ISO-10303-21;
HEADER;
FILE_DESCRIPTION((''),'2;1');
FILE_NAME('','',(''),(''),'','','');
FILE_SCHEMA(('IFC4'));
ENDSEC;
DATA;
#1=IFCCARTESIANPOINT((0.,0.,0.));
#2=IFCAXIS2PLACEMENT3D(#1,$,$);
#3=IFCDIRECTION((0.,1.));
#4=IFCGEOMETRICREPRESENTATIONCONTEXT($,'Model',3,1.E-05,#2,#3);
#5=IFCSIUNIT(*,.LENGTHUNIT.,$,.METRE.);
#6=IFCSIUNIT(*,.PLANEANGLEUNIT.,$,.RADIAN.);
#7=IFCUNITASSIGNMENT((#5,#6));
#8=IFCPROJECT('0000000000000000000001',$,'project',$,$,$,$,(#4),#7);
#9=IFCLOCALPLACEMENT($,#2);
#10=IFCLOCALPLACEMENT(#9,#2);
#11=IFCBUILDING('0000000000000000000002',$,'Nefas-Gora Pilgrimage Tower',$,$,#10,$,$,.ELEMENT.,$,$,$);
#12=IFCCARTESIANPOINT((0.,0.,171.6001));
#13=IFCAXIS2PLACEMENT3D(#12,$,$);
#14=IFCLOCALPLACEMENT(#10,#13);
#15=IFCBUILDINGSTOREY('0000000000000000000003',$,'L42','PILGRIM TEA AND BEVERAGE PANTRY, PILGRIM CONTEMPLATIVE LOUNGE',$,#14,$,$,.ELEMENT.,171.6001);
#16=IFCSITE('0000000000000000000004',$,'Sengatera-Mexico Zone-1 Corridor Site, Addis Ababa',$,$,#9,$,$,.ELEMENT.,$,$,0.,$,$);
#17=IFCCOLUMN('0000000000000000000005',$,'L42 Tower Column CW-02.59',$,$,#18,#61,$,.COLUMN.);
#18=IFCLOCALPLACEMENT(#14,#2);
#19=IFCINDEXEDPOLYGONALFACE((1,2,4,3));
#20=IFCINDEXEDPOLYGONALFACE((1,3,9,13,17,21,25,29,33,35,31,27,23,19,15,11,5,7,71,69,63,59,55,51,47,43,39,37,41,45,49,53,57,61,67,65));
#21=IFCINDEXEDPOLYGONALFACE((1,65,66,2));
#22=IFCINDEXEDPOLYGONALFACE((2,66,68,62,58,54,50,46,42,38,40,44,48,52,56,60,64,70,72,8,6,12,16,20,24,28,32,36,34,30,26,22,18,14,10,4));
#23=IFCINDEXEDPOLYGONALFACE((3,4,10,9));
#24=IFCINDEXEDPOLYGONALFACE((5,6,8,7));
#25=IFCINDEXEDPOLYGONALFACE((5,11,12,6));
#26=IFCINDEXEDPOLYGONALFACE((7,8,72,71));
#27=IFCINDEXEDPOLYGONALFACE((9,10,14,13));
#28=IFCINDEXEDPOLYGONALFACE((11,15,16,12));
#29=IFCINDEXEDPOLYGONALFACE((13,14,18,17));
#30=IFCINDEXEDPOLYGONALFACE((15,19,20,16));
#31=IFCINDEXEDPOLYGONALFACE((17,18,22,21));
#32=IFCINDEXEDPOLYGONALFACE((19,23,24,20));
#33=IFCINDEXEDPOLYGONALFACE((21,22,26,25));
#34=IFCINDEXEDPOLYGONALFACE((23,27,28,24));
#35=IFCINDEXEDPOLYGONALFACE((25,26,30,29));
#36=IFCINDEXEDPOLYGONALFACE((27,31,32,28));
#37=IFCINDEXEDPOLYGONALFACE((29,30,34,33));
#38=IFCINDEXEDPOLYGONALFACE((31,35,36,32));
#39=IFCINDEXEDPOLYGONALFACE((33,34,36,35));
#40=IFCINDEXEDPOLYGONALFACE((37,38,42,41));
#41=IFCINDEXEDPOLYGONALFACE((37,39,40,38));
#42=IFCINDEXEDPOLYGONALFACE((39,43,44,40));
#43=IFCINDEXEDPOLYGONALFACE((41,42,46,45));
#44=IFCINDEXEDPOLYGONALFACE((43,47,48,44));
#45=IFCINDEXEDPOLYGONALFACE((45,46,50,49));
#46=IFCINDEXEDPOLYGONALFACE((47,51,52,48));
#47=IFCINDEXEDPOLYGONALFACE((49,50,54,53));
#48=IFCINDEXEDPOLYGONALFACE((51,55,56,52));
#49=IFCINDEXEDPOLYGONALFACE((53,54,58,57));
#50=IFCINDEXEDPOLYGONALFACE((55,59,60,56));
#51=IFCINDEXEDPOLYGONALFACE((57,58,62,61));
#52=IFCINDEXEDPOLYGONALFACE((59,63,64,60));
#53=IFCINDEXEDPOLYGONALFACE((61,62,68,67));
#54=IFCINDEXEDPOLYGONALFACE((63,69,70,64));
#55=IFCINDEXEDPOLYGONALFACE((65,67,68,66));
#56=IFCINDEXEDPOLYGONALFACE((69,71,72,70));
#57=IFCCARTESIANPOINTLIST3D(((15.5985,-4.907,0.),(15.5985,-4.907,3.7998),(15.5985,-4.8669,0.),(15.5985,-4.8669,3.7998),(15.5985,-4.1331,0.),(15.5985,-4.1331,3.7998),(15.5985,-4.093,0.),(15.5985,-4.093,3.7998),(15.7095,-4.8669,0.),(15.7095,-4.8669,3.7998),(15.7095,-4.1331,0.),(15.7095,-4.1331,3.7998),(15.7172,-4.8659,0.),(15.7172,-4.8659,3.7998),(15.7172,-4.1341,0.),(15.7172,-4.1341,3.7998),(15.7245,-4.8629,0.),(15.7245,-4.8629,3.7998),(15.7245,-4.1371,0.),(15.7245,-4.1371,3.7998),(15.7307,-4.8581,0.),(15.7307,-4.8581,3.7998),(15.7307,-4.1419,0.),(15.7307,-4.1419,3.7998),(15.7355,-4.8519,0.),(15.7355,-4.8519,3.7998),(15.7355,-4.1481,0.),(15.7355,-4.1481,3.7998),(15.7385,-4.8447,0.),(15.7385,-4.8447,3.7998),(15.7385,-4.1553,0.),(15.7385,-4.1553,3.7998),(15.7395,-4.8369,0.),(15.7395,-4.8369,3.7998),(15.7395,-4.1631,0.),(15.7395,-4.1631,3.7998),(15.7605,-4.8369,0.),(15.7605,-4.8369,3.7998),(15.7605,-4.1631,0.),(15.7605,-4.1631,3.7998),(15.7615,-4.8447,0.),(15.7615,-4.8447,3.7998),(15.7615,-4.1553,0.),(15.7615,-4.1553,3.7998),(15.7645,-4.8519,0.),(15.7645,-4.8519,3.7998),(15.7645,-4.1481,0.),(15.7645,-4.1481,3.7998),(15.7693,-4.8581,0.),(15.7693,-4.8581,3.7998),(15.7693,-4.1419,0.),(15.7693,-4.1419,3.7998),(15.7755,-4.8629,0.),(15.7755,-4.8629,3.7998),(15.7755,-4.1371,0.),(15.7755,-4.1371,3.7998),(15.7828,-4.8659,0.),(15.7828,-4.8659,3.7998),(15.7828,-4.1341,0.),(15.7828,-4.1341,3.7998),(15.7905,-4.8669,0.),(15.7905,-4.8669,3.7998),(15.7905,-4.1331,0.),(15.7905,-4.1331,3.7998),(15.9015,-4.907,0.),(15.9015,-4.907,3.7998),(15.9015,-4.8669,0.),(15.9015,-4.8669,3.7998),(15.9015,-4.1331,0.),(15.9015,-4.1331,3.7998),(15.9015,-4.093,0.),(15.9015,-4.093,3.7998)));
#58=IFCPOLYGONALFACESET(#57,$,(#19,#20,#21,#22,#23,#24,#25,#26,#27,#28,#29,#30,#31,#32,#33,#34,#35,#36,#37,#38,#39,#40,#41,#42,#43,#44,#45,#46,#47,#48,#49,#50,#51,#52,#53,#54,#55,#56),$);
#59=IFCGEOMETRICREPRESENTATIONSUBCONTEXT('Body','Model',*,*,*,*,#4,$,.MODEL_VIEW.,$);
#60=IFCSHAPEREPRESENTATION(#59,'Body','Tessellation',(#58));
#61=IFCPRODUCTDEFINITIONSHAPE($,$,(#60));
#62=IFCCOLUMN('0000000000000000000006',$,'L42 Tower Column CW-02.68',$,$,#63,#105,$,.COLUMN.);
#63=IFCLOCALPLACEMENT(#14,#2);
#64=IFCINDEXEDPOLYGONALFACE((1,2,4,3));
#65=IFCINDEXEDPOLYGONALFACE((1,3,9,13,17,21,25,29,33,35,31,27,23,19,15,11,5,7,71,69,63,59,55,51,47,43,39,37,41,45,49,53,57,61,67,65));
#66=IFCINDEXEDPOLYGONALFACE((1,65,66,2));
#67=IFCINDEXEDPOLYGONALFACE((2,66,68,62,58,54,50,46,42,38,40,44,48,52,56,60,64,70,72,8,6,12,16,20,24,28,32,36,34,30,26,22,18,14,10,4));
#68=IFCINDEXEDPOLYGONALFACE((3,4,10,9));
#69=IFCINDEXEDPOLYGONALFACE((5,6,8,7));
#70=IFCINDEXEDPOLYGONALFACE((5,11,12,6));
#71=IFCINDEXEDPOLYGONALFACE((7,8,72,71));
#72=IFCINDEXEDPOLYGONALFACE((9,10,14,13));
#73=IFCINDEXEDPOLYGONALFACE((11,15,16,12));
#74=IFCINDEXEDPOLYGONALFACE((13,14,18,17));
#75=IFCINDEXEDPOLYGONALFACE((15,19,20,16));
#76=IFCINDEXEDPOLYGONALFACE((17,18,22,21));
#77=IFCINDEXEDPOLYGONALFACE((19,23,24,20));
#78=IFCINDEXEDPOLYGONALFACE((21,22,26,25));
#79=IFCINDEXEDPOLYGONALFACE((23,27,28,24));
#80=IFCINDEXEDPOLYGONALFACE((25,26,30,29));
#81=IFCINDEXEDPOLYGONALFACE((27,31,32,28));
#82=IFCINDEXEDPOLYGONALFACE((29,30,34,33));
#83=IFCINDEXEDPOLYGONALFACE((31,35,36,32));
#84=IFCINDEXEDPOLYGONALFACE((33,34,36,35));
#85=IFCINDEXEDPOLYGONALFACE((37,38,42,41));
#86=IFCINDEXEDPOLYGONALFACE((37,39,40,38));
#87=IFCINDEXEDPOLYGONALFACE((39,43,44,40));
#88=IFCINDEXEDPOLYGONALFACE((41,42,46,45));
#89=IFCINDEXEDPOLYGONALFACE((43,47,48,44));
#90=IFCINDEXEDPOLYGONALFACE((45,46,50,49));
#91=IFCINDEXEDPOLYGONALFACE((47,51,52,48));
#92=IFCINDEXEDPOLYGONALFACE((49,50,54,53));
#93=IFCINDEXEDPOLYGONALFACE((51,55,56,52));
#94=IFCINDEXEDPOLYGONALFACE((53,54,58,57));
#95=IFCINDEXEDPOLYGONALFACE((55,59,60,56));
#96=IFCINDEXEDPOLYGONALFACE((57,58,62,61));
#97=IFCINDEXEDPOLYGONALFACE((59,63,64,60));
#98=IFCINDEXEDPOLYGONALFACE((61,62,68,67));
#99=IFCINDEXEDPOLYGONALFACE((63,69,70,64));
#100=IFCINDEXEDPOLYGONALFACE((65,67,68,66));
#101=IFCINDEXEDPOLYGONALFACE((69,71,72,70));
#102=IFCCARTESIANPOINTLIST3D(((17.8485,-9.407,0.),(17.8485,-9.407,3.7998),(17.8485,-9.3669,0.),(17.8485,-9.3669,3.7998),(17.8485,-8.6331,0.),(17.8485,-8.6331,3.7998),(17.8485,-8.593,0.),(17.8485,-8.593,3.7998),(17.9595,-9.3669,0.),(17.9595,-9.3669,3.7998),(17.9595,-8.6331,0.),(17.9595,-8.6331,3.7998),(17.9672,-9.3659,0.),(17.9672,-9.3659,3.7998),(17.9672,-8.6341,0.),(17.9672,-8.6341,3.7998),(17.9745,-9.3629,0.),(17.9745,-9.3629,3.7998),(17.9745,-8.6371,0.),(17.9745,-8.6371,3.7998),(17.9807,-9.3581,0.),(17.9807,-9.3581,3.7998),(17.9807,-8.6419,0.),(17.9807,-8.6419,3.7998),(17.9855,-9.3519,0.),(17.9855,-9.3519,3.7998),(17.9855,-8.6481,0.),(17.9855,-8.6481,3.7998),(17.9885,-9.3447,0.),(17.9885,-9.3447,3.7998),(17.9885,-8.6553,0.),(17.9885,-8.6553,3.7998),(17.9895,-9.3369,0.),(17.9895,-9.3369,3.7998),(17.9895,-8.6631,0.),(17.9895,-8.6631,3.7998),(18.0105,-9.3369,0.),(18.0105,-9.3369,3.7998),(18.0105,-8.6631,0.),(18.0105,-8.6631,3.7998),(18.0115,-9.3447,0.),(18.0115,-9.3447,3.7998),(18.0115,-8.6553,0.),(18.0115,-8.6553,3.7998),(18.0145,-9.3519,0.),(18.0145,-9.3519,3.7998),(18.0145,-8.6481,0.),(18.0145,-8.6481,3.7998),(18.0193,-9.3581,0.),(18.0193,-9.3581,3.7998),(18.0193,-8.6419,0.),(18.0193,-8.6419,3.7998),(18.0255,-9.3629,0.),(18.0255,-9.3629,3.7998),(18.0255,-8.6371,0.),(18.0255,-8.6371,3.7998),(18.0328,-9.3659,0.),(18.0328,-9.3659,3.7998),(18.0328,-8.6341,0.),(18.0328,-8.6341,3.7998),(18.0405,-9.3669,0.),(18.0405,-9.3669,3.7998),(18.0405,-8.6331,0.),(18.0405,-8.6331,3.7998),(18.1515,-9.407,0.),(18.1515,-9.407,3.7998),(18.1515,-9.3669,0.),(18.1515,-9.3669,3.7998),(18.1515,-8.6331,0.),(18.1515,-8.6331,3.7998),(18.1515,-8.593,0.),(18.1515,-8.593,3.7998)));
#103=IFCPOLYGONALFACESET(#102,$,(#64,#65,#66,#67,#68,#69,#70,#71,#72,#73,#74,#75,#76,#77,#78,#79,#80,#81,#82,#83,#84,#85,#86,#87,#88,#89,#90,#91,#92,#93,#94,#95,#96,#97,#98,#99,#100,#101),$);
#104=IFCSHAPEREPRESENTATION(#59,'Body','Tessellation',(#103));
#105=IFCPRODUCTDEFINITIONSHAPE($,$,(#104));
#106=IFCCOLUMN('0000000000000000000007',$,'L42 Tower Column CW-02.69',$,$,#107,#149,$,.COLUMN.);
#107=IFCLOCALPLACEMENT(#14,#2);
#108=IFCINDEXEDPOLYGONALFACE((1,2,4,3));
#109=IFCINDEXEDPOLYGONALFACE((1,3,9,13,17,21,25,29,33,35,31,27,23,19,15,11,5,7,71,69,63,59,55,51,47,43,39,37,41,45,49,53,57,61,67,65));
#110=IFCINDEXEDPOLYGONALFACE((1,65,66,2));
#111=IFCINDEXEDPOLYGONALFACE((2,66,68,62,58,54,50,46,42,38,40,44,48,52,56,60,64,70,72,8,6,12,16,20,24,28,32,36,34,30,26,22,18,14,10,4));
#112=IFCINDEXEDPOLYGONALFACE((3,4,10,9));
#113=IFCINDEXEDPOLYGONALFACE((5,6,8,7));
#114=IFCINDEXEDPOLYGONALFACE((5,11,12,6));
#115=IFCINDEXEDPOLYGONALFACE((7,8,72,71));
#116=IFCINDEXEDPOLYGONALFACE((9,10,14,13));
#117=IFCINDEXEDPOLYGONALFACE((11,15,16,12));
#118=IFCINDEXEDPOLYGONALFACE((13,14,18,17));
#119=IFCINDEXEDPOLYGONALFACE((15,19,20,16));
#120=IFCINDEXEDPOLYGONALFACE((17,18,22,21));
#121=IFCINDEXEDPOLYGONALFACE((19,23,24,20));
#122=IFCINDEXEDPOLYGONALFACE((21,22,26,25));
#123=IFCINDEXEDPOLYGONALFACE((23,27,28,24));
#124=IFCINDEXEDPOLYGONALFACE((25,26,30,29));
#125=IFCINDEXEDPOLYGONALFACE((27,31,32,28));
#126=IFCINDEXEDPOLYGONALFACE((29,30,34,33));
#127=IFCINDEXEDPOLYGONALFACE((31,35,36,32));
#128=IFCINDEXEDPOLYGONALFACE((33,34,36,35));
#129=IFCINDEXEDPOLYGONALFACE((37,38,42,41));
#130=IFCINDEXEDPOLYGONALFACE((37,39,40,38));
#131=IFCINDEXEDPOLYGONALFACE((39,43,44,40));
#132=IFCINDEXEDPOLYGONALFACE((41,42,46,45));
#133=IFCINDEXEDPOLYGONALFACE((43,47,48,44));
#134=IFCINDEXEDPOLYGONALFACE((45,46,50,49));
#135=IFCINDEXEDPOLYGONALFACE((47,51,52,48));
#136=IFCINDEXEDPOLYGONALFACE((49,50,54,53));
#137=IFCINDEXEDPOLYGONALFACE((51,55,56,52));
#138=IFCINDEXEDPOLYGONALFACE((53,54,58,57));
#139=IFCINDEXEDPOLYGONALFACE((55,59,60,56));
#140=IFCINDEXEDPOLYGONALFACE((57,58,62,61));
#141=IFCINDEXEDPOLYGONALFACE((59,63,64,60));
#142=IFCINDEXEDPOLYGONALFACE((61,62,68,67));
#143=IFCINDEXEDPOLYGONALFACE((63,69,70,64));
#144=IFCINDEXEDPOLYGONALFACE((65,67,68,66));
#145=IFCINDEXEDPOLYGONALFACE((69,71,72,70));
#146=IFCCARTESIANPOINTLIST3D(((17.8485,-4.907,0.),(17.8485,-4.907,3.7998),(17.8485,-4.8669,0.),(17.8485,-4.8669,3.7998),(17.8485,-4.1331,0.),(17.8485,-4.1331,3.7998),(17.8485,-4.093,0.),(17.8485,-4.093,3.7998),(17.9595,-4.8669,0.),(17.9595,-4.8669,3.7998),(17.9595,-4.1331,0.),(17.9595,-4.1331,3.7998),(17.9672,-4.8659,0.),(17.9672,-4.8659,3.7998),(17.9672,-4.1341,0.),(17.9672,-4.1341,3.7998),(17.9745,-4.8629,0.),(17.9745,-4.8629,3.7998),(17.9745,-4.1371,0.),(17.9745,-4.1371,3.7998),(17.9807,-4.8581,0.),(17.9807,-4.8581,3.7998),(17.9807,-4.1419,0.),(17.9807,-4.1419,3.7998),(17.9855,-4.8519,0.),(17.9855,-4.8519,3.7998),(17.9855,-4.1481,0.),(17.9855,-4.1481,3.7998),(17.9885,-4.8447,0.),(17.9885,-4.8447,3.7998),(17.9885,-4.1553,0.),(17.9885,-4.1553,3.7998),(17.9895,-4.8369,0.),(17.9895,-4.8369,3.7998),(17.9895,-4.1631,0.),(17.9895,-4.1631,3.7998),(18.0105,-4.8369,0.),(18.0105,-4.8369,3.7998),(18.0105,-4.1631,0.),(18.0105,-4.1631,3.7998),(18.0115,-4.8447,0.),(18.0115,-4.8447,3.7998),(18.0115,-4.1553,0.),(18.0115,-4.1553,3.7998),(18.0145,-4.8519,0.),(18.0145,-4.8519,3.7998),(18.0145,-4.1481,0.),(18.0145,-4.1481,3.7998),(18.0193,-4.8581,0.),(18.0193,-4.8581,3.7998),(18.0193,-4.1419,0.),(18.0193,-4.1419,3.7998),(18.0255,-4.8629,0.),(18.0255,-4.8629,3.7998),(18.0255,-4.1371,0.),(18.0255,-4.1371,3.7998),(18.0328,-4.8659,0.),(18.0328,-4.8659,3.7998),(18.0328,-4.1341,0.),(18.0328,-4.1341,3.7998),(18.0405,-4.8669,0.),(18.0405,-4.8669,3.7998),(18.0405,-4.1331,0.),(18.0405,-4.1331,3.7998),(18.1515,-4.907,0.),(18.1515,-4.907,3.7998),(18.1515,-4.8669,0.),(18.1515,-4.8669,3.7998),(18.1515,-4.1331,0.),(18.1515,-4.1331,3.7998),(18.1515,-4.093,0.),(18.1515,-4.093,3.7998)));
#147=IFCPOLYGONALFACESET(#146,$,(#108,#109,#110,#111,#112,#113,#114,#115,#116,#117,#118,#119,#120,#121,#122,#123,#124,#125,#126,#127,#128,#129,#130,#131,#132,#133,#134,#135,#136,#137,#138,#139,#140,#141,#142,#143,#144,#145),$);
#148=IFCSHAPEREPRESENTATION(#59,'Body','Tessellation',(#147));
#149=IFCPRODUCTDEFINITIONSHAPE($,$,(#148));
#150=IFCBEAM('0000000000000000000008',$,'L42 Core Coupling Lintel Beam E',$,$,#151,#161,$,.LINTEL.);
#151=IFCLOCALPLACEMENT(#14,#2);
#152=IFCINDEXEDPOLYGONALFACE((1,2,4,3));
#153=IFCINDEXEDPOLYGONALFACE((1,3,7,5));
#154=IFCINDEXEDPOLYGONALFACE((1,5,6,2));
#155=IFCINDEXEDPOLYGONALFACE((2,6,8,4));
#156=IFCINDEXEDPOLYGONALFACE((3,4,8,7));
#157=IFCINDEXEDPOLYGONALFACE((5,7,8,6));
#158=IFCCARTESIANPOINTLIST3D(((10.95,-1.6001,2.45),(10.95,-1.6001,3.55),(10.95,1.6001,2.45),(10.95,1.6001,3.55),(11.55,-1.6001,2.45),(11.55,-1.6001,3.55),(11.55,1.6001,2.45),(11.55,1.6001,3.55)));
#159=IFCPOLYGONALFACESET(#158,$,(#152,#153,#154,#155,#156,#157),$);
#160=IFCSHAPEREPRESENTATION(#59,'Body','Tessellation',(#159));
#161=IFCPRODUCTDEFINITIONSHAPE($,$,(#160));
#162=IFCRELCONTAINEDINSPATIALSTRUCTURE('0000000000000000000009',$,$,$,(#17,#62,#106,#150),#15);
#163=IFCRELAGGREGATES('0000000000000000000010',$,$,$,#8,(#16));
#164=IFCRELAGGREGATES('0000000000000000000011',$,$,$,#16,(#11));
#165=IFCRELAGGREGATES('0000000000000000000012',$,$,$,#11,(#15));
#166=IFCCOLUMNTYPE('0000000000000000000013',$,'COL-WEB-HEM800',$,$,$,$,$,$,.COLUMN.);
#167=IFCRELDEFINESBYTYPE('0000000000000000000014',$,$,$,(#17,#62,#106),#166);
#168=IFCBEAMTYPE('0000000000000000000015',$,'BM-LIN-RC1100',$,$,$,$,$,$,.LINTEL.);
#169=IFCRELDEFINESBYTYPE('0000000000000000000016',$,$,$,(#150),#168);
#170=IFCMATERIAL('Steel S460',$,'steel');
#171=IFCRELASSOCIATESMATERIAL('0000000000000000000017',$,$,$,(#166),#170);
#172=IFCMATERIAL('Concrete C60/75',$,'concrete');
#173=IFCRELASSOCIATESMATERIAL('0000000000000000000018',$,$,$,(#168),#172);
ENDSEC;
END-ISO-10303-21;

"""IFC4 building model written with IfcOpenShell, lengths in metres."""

from ifc_helpers import new_model, si_unit, direction, frame, origin, origin_2d, place, context, subcontext, project, spatial, rectangle, i_section, extrude, source, transform, mapped, material, material_profile, profile_set, type_object, element, save


model = new_model("IFC4")

# Units and contexts
model_context = context("Model", 3, precision=1e-05, world=origin(), true_north=direction((0.0, 1.0)))
body_context = subcontext(model_context, "Body", "Model", "MODEL_VIEW")
ifc_project = project(units=[si_unit("LENGTHUNIT", "METRE"), si_unit("PLANEANGLEUNIT", "RADIAN")], contexts=[model_context])

# Site, building, storey
site_placement = place(None, origin())
site = spatial("IfcSite", under=ifc_project, at=site_placement, Name="Sengatera-Mexico Zone-1 Corridor Site, Addis Ababa", CompositionType="ELEMENT", RefElevation=0.0)
building_placement = place(site_placement, origin())
building = spatial("IfcBuilding", under=site, at=building_placement, Name="Nefas-Gora Pilgrimage Tower", CompositionType="ELEMENT")
storey_placement = place(building_placement, frame((0.0, 0.0, 171.6001)))
storey = spatial("IfcBuildingStorey", under=building, at=storey_placement, Name="L42", Description="PILGRIM TEA AND BEVERAGE PANTRY, PILGRIM CONTEMPLATIVE LOUNGE", CompositionType="ELEMENT", Elevation=171.6001)

# Columns
ifc_material_1 = material(Name="Steel S460", Category="steel")
ifc_material_profile_1 = material_profile(ifc_material_1, i_section(OverallWidth=0.303, OverallDepth=0.814, WebThickness=0.021, FlangeThickness=0.04, FilletRadius=0.03, at=origin_2d()), Name="HEM 800")
ifc_profile_set_1 = profile_set([ifc_material_profile_1], Name="Steel S460")
column_type_1 = type_object("IfcColumnType", Name="COL-WEB-HEM800", PredefinedType="COLUMN", material=ifc_profile_set_1)
shared_shape_1 = source(origin(), body_context, "Body", "SweptSolid", [
    extrude(i_section(OverallWidth=0.303, OverallDepth=0.814, WebThickness=0.021, FlangeThickness=0.04, FilletRadius=0.03, at=origin_2d()), origin(), (0.0, 0.0, 1.0), 3.7998),
])
for number, where, z_axis, x_axis, name in (
    (1, (15.75, -4.5, 0.0), (0.0, 0.0, 1.0), (1.0, 0.0, 0.0), "L42 Tower Column CW-02.59"),
    (2, (18.0, -9.0, 0.0), (0.0, 0.0, 1.0), (1.0, 0.0, 0.0), "L42 Tower Column CW-02.68"),
    (3, (18.0, -4.5, 0.0), (0.0, 0.0, 1.0), (1.0, 0.0, 0.0), "L42 Tower Column CW-02.69"),
):
    element("IfcColumn", number, at=place(storey_placement, frame(where, z_axis=z_axis, x_axis=x_axis)), inside=storey, type_object=column_type_1, Name=name, PredefinedType="COLUMN", context=body_context, shape_type="MappedRepresentation", body=[
        mapped(shared_shape_1, transform((0.0, 0.0, 0.0), x_axis=(1.0, 0.0, 0.0), y_axis=(0.0, 1.0, 0.0), z_axis=(0.0, 0.0, 1.0), scale=1.0)),
    ])

# Beam
ifc_material_2 = material(Name="Concrete C60/75", Category="concrete")
ifc_material_profile_2 = material_profile(ifc_material_2, rectangle(XDim=0.6001, YDim=1.1001, at=origin_2d()), Name="RC 600x1100")
ifc_profile_set_2 = profile_set([ifc_material_profile_2], Name="Concrete C60/75")
beam_type_1 = type_object("IfcBeamType", Name="BM-LIN-RC1100", PredefinedType="LINTEL", material=ifc_profile_set_2)
shared_shape_2 = source(origin(), body_context, "Body", "SweptSolid", [
    extrude(rectangle(XDim=0.6001, YDim=1.1001, at=origin_2d()), origin(), (0.0, 0.0, 1.0), 3.2002),
])
beam_placement = place(storey_placement, frame((11.25, -1.6001, 3.0), z_axis=(0.0, 1.0, 0.0), x_axis=(-1.0, 0.0, 0.0)))
element("IfcBeam", 4, at=beam_placement, inside=storey, type_object=beam_type_1, Name="L42 Core Coupling Lintel Beam E", PredefinedType="LINTEL", context=body_context, shape_type="MappedRepresentation", body=[
    mapped(shared_shape_2, transform((0.0, 0.0, 0.0), x_axis=(1.0, 0.0, 0.0), y_axis=(0.0, 1.0, 0.0), z_axis=(0.0, 0.0, 1.0), scale=1.0)),
])

save(model, "model.ifc")
